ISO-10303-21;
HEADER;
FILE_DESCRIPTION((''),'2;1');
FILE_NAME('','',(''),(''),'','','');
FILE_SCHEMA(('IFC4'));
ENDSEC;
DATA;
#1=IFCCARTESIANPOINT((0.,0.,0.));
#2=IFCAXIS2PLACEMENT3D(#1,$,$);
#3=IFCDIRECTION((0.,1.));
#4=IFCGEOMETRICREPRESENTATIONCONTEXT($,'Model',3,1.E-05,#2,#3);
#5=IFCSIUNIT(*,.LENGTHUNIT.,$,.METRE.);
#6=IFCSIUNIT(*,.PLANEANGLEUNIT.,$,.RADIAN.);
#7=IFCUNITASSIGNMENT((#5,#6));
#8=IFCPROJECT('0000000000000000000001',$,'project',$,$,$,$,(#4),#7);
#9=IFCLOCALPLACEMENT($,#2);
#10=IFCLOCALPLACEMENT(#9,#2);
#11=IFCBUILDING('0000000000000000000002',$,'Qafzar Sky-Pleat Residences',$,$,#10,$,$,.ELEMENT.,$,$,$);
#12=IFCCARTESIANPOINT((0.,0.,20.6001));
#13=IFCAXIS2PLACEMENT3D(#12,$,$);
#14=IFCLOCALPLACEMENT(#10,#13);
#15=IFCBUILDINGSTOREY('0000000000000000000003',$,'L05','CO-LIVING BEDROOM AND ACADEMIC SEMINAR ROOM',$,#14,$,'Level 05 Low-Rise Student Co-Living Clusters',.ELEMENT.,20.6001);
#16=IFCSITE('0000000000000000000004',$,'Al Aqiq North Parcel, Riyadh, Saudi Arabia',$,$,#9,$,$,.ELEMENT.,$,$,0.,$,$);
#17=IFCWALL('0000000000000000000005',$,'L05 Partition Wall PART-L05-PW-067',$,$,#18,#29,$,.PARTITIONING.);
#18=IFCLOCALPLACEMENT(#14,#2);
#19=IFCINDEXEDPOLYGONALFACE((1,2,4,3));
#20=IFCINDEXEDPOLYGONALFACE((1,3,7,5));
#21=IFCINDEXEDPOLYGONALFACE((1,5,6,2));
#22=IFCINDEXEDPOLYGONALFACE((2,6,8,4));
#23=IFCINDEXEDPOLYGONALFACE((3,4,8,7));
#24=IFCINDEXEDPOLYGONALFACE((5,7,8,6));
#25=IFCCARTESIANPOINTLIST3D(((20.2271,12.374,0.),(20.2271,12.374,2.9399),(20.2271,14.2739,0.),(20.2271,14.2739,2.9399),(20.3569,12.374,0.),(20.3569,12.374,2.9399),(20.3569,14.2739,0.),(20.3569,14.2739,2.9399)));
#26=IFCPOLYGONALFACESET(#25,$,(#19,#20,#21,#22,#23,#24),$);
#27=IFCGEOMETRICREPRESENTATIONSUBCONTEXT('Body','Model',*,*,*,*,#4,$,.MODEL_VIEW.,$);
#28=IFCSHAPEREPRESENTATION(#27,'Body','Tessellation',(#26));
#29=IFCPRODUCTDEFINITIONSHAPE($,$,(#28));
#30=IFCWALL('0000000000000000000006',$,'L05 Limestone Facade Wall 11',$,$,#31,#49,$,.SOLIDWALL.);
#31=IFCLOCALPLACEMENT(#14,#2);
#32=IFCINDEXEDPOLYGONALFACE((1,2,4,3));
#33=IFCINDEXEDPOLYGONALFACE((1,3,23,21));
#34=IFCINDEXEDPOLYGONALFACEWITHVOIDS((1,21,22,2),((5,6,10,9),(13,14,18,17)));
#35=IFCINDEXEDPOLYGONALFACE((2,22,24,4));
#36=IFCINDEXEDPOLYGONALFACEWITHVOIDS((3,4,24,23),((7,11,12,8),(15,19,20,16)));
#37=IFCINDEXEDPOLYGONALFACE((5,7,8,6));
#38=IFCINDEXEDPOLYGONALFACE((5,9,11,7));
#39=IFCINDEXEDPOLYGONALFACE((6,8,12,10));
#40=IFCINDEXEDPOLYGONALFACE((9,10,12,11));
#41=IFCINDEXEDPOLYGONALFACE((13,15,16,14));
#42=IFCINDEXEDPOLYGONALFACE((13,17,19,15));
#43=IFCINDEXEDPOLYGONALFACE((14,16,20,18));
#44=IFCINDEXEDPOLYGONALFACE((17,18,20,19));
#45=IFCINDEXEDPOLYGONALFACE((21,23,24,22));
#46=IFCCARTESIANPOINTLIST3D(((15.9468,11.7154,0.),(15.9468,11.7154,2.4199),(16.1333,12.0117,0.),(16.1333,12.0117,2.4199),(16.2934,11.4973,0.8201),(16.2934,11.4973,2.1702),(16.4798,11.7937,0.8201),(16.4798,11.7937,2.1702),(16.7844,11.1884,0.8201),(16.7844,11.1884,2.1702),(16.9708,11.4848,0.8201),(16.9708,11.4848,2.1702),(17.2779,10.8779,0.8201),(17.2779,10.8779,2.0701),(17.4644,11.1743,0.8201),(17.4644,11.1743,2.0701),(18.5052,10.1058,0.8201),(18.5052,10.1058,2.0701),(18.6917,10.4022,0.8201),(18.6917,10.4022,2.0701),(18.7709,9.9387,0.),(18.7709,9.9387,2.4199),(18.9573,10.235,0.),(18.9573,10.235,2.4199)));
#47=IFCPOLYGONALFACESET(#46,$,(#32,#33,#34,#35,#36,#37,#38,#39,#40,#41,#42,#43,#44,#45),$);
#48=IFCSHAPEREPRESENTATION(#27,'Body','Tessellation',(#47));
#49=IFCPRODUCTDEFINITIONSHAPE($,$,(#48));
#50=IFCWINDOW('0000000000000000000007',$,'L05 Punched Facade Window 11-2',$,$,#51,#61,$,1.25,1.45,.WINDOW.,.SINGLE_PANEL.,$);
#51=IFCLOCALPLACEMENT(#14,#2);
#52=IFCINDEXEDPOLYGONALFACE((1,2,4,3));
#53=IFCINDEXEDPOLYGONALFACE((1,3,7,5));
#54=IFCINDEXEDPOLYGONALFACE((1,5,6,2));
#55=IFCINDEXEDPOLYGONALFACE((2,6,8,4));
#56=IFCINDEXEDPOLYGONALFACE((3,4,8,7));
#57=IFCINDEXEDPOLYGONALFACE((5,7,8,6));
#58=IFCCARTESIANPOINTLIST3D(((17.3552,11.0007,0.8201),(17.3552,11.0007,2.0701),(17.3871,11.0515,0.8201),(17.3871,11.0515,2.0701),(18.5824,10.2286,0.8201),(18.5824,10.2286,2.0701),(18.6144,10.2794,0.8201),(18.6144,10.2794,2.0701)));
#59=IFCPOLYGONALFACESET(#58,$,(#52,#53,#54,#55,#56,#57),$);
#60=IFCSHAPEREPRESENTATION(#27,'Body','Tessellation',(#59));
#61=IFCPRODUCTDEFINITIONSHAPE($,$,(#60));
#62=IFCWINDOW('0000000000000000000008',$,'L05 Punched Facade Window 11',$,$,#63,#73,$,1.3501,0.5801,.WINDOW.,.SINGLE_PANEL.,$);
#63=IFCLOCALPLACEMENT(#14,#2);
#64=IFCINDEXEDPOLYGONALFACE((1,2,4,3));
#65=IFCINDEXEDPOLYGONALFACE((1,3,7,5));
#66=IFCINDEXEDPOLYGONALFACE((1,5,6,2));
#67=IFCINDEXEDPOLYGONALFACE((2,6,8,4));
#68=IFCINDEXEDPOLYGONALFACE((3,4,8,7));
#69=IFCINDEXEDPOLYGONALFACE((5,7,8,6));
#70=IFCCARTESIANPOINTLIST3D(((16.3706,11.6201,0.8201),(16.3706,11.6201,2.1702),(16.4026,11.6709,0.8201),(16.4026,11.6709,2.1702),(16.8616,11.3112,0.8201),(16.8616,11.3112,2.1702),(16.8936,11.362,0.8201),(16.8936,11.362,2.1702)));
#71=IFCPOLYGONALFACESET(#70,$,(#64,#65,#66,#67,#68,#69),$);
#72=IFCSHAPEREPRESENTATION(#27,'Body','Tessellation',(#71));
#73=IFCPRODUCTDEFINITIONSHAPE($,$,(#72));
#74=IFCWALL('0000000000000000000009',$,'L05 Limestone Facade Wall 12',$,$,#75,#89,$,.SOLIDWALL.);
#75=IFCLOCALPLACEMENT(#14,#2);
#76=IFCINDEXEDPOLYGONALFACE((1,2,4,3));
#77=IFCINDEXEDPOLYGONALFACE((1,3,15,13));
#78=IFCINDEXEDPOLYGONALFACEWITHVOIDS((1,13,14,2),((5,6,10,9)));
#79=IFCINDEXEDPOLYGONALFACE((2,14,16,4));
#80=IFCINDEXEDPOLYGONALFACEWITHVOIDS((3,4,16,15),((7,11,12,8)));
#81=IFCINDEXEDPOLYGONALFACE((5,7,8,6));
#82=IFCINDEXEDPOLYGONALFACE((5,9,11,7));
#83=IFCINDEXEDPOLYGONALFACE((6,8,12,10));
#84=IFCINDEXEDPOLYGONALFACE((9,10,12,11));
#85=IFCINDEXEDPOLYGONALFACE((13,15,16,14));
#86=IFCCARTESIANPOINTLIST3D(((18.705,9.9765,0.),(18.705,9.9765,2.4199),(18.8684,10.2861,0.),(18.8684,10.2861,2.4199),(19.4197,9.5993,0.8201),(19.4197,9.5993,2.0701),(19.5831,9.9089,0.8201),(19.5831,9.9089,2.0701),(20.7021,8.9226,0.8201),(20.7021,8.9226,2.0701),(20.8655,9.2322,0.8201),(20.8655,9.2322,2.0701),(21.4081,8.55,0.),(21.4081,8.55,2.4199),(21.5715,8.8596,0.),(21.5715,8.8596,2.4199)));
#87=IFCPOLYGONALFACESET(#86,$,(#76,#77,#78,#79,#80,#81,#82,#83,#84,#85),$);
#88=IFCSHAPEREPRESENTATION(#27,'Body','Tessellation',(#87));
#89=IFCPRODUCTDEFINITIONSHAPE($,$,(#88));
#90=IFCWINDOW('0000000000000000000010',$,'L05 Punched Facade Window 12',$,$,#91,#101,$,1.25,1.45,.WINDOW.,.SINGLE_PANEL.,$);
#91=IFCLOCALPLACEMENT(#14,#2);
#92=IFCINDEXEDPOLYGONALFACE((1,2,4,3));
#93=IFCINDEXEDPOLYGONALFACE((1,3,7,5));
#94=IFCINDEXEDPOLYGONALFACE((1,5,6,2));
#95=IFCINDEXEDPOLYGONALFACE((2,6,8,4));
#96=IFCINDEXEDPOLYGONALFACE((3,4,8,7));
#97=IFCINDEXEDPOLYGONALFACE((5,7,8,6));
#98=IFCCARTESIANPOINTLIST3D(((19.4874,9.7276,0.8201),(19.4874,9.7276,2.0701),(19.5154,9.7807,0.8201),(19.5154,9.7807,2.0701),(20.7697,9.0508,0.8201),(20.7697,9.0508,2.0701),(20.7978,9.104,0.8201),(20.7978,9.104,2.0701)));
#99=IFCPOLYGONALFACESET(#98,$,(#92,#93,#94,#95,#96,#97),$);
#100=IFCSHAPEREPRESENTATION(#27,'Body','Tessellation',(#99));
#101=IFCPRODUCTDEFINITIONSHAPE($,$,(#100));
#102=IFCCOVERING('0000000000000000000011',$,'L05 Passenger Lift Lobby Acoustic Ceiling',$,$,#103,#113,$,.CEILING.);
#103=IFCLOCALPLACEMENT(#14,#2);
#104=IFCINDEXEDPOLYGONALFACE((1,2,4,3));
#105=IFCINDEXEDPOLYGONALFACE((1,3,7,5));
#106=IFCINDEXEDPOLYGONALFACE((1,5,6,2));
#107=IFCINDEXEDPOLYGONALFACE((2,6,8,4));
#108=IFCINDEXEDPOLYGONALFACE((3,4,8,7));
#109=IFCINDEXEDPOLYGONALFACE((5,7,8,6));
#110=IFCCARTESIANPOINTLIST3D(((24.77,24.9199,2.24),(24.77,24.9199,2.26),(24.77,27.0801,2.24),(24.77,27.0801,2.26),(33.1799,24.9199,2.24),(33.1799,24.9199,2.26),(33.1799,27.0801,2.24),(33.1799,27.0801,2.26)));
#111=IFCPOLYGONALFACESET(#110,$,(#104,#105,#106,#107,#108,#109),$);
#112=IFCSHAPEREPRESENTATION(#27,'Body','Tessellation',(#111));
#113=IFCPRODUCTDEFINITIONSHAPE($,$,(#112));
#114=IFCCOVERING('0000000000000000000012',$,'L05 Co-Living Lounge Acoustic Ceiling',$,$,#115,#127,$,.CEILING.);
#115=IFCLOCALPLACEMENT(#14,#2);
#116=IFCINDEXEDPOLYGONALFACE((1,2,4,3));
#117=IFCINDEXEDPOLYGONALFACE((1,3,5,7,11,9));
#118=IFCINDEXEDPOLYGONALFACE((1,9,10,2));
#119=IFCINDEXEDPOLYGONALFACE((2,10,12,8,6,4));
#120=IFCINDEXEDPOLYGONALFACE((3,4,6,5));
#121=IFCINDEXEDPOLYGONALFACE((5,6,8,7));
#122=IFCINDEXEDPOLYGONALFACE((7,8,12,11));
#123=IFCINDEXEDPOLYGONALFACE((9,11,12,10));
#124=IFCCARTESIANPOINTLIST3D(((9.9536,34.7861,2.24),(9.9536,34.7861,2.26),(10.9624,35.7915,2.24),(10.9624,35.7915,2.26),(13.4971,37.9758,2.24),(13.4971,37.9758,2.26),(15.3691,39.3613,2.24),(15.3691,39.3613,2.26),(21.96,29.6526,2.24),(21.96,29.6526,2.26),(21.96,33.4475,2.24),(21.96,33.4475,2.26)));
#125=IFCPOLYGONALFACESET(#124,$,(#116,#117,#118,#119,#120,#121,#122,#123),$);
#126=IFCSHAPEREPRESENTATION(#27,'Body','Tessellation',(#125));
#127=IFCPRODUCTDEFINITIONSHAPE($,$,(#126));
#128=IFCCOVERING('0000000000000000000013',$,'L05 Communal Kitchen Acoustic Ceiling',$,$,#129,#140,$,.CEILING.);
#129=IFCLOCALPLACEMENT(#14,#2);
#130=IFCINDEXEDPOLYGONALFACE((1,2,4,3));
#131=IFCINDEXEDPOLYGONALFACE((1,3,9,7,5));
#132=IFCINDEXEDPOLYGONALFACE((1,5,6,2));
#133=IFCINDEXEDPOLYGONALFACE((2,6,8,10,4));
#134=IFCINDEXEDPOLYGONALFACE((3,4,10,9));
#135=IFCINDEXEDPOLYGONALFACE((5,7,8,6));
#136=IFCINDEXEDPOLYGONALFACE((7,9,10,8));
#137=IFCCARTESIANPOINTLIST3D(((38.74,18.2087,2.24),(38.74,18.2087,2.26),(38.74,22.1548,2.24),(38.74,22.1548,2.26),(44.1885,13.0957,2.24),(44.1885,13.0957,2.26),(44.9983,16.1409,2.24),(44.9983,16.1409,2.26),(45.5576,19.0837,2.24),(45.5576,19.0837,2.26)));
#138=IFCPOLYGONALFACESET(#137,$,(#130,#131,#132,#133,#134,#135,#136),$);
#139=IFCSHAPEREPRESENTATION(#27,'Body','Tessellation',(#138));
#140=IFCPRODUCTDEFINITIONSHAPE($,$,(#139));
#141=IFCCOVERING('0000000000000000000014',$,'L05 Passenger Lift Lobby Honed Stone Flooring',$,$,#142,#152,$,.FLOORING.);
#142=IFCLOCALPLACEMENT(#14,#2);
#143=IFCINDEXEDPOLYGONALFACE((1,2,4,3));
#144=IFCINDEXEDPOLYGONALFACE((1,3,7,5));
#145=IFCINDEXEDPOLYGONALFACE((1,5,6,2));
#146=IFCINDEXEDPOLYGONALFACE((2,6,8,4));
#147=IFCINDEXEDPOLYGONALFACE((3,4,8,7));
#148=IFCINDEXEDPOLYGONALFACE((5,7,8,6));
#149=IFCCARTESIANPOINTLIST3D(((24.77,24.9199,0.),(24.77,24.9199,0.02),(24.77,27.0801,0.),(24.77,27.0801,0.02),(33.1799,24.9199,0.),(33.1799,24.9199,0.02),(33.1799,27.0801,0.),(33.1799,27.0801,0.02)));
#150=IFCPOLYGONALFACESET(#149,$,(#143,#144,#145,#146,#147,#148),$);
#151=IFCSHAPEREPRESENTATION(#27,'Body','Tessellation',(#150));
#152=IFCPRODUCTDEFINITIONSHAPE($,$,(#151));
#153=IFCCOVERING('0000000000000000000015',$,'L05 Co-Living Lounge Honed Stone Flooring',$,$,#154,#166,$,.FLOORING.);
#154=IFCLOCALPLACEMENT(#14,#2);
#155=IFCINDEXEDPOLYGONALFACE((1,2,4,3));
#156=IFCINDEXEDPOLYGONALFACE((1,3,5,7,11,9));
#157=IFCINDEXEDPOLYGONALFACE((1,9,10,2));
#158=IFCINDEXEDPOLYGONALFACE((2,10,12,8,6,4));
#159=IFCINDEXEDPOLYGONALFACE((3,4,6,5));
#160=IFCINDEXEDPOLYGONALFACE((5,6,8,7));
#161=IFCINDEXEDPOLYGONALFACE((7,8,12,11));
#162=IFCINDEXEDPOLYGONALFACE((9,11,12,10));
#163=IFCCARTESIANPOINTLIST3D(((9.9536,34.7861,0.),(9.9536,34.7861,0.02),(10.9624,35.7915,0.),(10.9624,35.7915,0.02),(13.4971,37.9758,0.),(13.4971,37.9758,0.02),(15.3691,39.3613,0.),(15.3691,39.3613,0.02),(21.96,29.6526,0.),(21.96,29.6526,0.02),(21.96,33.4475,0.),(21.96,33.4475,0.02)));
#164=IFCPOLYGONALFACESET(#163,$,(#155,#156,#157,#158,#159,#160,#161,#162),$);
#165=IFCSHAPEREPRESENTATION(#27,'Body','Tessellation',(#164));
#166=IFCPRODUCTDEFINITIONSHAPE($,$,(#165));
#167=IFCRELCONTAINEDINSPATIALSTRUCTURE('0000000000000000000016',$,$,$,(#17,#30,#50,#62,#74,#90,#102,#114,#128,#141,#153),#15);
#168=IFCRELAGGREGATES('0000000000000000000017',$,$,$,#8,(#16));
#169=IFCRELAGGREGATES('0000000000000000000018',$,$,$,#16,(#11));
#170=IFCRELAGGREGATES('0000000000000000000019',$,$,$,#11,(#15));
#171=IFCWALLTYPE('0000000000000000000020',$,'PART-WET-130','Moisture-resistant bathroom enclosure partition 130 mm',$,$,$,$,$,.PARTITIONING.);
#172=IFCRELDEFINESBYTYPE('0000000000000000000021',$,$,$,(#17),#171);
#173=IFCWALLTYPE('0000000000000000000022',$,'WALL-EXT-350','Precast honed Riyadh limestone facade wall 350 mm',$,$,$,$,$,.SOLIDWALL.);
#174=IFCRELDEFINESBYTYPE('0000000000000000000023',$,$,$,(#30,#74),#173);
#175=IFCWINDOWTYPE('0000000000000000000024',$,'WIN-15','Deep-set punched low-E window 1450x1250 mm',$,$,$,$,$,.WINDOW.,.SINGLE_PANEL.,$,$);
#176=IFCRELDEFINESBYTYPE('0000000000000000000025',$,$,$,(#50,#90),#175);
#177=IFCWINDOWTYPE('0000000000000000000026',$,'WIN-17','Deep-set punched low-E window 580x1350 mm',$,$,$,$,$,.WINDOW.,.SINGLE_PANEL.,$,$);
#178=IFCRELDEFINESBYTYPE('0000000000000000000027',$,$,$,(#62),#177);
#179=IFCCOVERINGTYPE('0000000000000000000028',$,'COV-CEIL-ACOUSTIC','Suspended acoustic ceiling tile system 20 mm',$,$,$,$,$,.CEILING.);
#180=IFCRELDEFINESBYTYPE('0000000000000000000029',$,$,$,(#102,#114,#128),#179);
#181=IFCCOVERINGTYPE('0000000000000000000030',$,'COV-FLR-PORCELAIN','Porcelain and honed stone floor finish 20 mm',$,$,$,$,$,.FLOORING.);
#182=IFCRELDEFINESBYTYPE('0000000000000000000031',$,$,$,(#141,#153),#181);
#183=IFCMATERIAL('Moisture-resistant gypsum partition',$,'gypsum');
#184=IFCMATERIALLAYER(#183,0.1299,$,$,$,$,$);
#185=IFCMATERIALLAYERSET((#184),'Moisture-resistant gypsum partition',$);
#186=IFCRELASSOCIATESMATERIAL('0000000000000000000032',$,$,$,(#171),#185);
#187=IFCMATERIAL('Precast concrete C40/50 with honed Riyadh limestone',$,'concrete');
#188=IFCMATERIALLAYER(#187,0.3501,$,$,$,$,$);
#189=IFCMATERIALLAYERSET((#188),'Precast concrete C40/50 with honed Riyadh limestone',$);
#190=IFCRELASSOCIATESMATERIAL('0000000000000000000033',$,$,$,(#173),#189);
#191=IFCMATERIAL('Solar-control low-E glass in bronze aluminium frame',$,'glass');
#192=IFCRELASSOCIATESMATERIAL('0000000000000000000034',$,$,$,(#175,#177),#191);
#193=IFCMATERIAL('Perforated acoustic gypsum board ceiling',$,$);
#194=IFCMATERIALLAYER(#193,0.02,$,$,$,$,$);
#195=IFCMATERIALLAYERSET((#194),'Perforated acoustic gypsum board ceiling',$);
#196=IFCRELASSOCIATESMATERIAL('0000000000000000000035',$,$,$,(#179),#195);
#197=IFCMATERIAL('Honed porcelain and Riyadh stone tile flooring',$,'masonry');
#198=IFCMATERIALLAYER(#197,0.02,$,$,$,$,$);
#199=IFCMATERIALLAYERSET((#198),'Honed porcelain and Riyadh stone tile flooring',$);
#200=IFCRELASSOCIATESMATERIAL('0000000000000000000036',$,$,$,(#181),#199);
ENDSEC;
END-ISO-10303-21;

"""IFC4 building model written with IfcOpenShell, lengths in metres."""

from ifc_helpers import new_model, si_unit, direction, frame, frame_2d, origin, place, context, subcontext, project, spatial, polyline, rectangle, outline, extrude, source, transform, mapped, material, layer, layer_set, type_object, element, fill, save


model = new_model("IFC4")

# Units and contexts
model_context = context("Model", 3, precision=1e-05, world=origin(), true_north=direction((0.0, 1.0)))
body_context = subcontext(model_context, "Body", "Model", "MODEL_VIEW")
ifc_project = project(units=[si_unit("LENGTHUNIT", "METRE"), si_unit("PLANEANGLEUNIT", "RADIAN")], contexts=[model_context])

# Site, building, storey
site_placement = place(None, origin())
site = spatial("IfcSite", under=ifc_project, at=site_placement, Name="Al Aqiq North Parcel, Riyadh, Saudi Arabia", CompositionType="ELEMENT", RefElevation=0.0)
building_placement = place(site_placement, origin())
building = spatial("IfcBuilding", under=site, at=building_placement, Name="Qafzar Sky-Pleat Residences", CompositionType="ELEMENT")
storey_placement = place(building_placement, frame((0.0, 0.0, 20.6001)))
storey = spatial("IfcBuildingStorey", under=building, at=storey_placement, Name="L05", Description="CO-LIVING BEDROOM AND ACADEMIC SEMINAR ROOM", LongName="Level 05 Low-Rise Student Co-Living Clusters", CompositionType="ELEMENT", Elevation=20.6001)

# Wall
ifc_material_1 = material(Name="Moisture-resistant gypsum partition", Category="gypsum")
ifc_layer_1 = layer(ifc_material_1, 0.1299)
ifc_layer_set_1 = layer_set([ifc_layer_1], Name="Moisture-resistant gypsum partition")
wall_type_1 = type_object("IfcWallType", Name="PART-WET-130", Description="Moisture-resistant bathroom enclosure partition 130 mm", PredefinedType="PARTITIONING", material=ifc_layer_set_1)
wall_1_placement = place(storey_placement, frame((20.292, 12.374, 0.0), z_axis=(0.0, 0.0, 1.0), x_axis=(0.0, 1.0, 0.0)))
element("IfcWall", 1, at=wall_1_placement, inside=storey, type_object=wall_type_1, Name="L05 Partition Wall PART-L05-PW-067", PredefinedType="PARTITIONING", context=body_context, shape_type="SweptSolid", body=[
    extrude(rectangle(XDim=1.8999, YDim=0.1299, at=frame_2d((0.95, 0.0))), origin(), (0.0, 0.0, 1.0), 2.9399),
])

# Wall, openings, windows
ifc_material_2 = material(Name="Precast concrete C40/50 with honed Riyadh limestone", Category="concrete")
ifc_layer_2 = layer(ifc_material_2, 0.3501)
ifc_layer_set_2 = layer_set([ifc_layer_2], Name="Precast concrete C40/50 with honed Riyadh limestone")
wall_type_2 = type_object("IfcWallType", Name="WALL-EXT-350", Description="Precast honed Riyadh limestone facade wall 350 mm", PredefinedType="SOLIDWALL", material=ifc_layer_set_2)
wall_2_placement = place(storey_placement, frame((16.04, 11.8635, 0.0), z_axis=(0.0, 0.0, 1.0), x_axis=(0.846428, -0.532503, 0.0)))
wall_2 = element("IfcWall", 2, at=wall_2_placement, inside=storey, type_object=wall_type_2, Name="L05 Limestone Facade Wall 11", PredefinedType="SOLIDWALL", context=body_context, shape_type="SweptSolid", body=[
    extrude(rectangle(XDim=3.3364, YDim=0.3501, at=frame_2d((1.6682, 0.0))), origin(), (0.0, 0.0, 1.0), 2.4199),
])
opening_1_placement = place(wall_2_placement, frame((0.4094, 0.0, 0.8201)))
opening_1 = element("IfcOpeningElement", 3, at=opening_1_placement, cuts=wall_2, PredefinedType="OPENING", context=body_context, shape_type="SweptSolid", body=[
    extrude(rectangle(XDim=0.5801, YDim=1.3501, at=frame_2d((0.29, 0.675))), frame((0.0, 0.1851, 0.0), z_axis=(0.0, -1.0, 0.0), x_axis=(1.0, 0.0, 0.0)), (0.0, 0.0, 1.0), 0.3701),
])
opening_2_placement = place(wall_2_placement, frame((1.5725, 0.0, 0.8201)))
opening_2 = element("IfcOpeningElement", 4, at=opening_2_placement, cuts=wall_2, PredefinedType="OPENING", context=body_context, shape_type="SweptSolid", body=[
    extrude(rectangle(XDim=1.45, YDim=1.25, at=frame_2d((0.7251, 0.625))), frame((0.0, 0.1851, 0.0), z_axis=(0.0, -1.0, 0.0), x_axis=(1.0, 0.0, 0.0)), (0.0, 0.0, 1.0), 0.3701),
])
ifc_material_3 = material(Name="Solar-control low-E glass in bronze aluminium frame", Category="glass")
window_type_1 = type_object("IfcWindowType", Name="WIN-15", Description="Deep-set punched low-E window 1450x1250 mm", PartitioningType="SINGLE_PANEL", PredefinedType="WINDOW", material=ifc_material_3)
shared_shape_1 = source(origin(), body_context, "Body", "SweptSolid", [
    extrude(rectangle(XDim=1.45, YDim=1.25, at=frame_2d((0.7251, 0.625))), frame((0.0, 0.03, 0.0), z_axis=(0.0, -1.0, 0.0), x_axis=(1.0, 0.0, 0.0)), (0.0, 0.0, 1.0), 0.0601),
])
window_1_placement = place(opening_2_placement, origin())
window_1 = element("IfcWindow", 5, at=window_1_placement, inside=storey, type_object=window_type_1, Name="L05 Punched Facade Window 11-2", OverallHeight=1.25, OverallWidth=1.45, PartitioningType="SINGLE_PANEL", PredefinedType="WINDOW", context=body_context, shape_type="MappedRepresentation", body=[
    mapped(shared_shape_1, transform((0.0, 0.0, 0.0), x_axis=(1.0, 0.0, 0.0), y_axis=(0.0, 1.0, 0.0), z_axis=(0.0, 0.0, 1.0), scale=1.0)),
])
fill(opening_2, window_1)
window_type_2 = type_object("IfcWindowType", Name="WIN-17", Description="Deep-set punched low-E window 580x1350 mm", PartitioningType="SINGLE_PANEL", PredefinedType="WINDOW", material=ifc_material_3)
shared_shape_2 = source(origin(), body_context, "Body", "SweptSolid", [
    extrude(rectangle(XDim=0.5801, YDim=1.3501, at=frame_2d((0.29, 0.675))), frame((0.0, 0.03, 0.0), z_axis=(0.0, -1.0, 0.0), x_axis=(1.0, 0.0, 0.0)), (0.0, 0.0, 1.0), 0.0601),
])
window_2_placement = place(opening_1_placement, origin())
window_2 = element("IfcWindow", 6, at=window_2_placement, inside=storey, type_object=window_type_2, Name="L05 Punched Facade Window 11", OverallHeight=1.3501, OverallWidth=0.5801, PartitioningType="SINGLE_PANEL", PredefinedType="WINDOW", context=body_context, shape_type="MappedRepresentation", body=[
    mapped(shared_shape_2, transform((0.0, 0.0, 0.0), x_axis=(1.0, 0.0, 0.0), y_axis=(0.0, 1.0, 0.0), z_axis=(0.0, 0.0, 1.0), scale=1.0)),
])
fill(opening_1, window_2)

# Wall, opening, window
wall_3_placement = place(storey_placement, frame((18.7866, 10.1313, 0.0), z_axis=(0.0, 0.0, 1.0), x_axis=(0.884403, -0.466724, 0.0)))
wall_3 = element("IfcWall", 7, at=wall_3_placement, inside=storey, type_object=wall_type_2, Name="L05 Limestone Facade Wall 12", PredefinedType="SOLIDWALL", context=body_context, shape_type="SweptSolid", body=[
    extrude(rectangle(XDim=3.0564, YDim=0.3501, at=frame_2d((1.5283, 0.0))), origin(), (0.0, 0.0, 1.0), 2.4199),
])
opening_3_placement = place(wall_3_placement, frame((0.8081, 0.0, 0.8201)))
opening_3 = element("IfcOpeningElement", 8, at=opening_3_placement, cuts=wall_3, PredefinedType="OPENING", context=body_context, shape_type="SweptSolid", body=[
    extrude(rectangle(XDim=1.45, YDim=1.25, at=frame_2d((0.7251, 0.625))), frame((0.0, 0.1851, 0.0), z_axis=(0.0, -1.0, 0.0), x_axis=(1.0, 0.0, 0.0)), (0.0, 0.0, 1.0), 0.3701),
])
window_3_placement = place(opening_3_placement, origin())
window_3 = element("IfcWindow", 9, at=window_3_placement, inside=storey, type_object=window_type_1, Name="L05 Punched Facade Window 12", OverallHeight=1.25, OverallWidth=1.45, PartitioningType="SINGLE_PANEL", PredefinedType="WINDOW", context=body_context, shape_type="MappedRepresentation", body=[
    mapped(shared_shape_1, transform((0.0, 0.0, 0.0), x_axis=(1.0, 0.0, 0.0), y_axis=(0.0, 1.0, 0.0), z_axis=(0.0, 0.0, 1.0), scale=1.0)),
])
fill(opening_3, window_3)

# Coverings
ifc_material_4 = material(Name="Perforated acoustic gypsum board ceiling")
ifc_layer_3 = layer(ifc_material_4, 0.02)
ifc_layer_set_3 = layer_set([ifc_layer_3], Name="Perforated acoustic gypsum board ceiling")
covering_type_1 = type_object("IfcCoveringType", Name="COV-CEIL-ACOUSTIC", Description="Suspended acoustic ceiling tile system 20 mm", PredefinedType="CEILING", material=ifc_layer_set_3)
covering_1_placement = place(storey_placement, frame((0.0, 0.0, 2.24)))
element("IfcCovering", 10, at=covering_1_placement, inside=storey, type_object=covering_type_1, Name="L05 Passenger Lift Lobby Acoustic Ceiling", PredefinedType="CEILING", context=body_context, shape_type="SweptSolid", body=[
    extrude(outline(polyline([(33.1799, 24.9199), (24.77, 24.9199), (24.77, 27.0801), (33.1799, 27.0801), (33.1799, 24.9199)])), origin(), (0.0, 0.0, 1.0), 0.02),
])
covering_2_placement = place(storey_placement, frame((0.0, 0.0, 2.24)))
element("IfcCovering", 11, at=covering_2_placement, inside=storey, type_object=covering_type_1, Name="L05 Co-Living Lounge Acoustic Ceiling", PredefinedType="CEILING", context=body_context, shape_type="SweptSolid", body=[
    extrude(outline(polyline([(13.4971, 37.9758), (15.3691, 39.3613), (21.96, 33.4475), (21.96, 29.6526), (9.9536, 34.7861), (10.9624, 35.7915), (13.4971, 37.9758)])), origin(), (0.0, 0.0, 1.0), 0.02),
])
covering_3_placement = place(storey_placement, frame((0.0, 0.0, 2.24)))
element("IfcCovering", 12, at=covering_3_placement, inside=storey, type_object=covering_type_1, Name="L05 Communal Kitchen Acoustic Ceiling", PredefinedType="CEILING", context=body_context, shape_type="SweptSolid", body=[
    extrude(outline(polyline([(44.1885, 13.0957), (38.74, 18.2087), (38.74, 22.1548), (45.5576, 19.0837), (44.9983, 16.1409), (44.1885, 13.0957)])), origin(), (0.0, 0.0, 1.0), 0.02),
])
ifc_material_5 = material(Name="Honed porcelain and Riyadh stone tile flooring", Category="masonry")
ifc_layer_4 = layer(ifc_material_5, 0.02)
ifc_layer_set_4 = layer_set([ifc_layer_4], Name="Honed porcelain and Riyadh stone tile flooring")
covering_type_2 = type_object("IfcCoveringType", Name="COV-FLR-PORCELAIN", Description="Porcelain and honed stone floor finish 20 mm", PredefinedType="FLOORING", material=ifc_layer_set_4)
covering_4_placement = place(storey_placement, origin())
element("IfcCovering", 13, at=covering_4_placement, inside=storey, type_object=covering_type_2, Name="L05 Passenger Lift Lobby Honed Stone Flooring", PredefinedType="FLOORING", context=body_context, shape_type="SweptSolid", body=[
    extrude(outline(polyline([(33.1799, 24.9199), (24.77, 24.9199), (24.77, 27.0801), (33.1799, 27.0801), (33.1799, 24.9199)])), origin(), (0.0, 0.0, 1.0), 0.02),
])
covering_5_placement = place(storey_placement, origin())
element("IfcCovering", 14, at=covering_5_placement, inside=storey, type_object=covering_type_2, Name="L05 Co-Living Lounge Honed Stone Flooring", PredefinedType="FLOORING", context=body_context, shape_type="SweptSolid", body=[
    extrude(outline(polyline([(13.4971, 37.9758), (15.3691, 39.3613), (21.96, 33.4475), (21.96, 29.6526), (9.9536, 34.7861), (10.9624, 35.7915), (13.4971, 37.9758)])), origin(), (0.0, 0.0, 1.0), 0.02),
])

save(model, "model.ifc")
